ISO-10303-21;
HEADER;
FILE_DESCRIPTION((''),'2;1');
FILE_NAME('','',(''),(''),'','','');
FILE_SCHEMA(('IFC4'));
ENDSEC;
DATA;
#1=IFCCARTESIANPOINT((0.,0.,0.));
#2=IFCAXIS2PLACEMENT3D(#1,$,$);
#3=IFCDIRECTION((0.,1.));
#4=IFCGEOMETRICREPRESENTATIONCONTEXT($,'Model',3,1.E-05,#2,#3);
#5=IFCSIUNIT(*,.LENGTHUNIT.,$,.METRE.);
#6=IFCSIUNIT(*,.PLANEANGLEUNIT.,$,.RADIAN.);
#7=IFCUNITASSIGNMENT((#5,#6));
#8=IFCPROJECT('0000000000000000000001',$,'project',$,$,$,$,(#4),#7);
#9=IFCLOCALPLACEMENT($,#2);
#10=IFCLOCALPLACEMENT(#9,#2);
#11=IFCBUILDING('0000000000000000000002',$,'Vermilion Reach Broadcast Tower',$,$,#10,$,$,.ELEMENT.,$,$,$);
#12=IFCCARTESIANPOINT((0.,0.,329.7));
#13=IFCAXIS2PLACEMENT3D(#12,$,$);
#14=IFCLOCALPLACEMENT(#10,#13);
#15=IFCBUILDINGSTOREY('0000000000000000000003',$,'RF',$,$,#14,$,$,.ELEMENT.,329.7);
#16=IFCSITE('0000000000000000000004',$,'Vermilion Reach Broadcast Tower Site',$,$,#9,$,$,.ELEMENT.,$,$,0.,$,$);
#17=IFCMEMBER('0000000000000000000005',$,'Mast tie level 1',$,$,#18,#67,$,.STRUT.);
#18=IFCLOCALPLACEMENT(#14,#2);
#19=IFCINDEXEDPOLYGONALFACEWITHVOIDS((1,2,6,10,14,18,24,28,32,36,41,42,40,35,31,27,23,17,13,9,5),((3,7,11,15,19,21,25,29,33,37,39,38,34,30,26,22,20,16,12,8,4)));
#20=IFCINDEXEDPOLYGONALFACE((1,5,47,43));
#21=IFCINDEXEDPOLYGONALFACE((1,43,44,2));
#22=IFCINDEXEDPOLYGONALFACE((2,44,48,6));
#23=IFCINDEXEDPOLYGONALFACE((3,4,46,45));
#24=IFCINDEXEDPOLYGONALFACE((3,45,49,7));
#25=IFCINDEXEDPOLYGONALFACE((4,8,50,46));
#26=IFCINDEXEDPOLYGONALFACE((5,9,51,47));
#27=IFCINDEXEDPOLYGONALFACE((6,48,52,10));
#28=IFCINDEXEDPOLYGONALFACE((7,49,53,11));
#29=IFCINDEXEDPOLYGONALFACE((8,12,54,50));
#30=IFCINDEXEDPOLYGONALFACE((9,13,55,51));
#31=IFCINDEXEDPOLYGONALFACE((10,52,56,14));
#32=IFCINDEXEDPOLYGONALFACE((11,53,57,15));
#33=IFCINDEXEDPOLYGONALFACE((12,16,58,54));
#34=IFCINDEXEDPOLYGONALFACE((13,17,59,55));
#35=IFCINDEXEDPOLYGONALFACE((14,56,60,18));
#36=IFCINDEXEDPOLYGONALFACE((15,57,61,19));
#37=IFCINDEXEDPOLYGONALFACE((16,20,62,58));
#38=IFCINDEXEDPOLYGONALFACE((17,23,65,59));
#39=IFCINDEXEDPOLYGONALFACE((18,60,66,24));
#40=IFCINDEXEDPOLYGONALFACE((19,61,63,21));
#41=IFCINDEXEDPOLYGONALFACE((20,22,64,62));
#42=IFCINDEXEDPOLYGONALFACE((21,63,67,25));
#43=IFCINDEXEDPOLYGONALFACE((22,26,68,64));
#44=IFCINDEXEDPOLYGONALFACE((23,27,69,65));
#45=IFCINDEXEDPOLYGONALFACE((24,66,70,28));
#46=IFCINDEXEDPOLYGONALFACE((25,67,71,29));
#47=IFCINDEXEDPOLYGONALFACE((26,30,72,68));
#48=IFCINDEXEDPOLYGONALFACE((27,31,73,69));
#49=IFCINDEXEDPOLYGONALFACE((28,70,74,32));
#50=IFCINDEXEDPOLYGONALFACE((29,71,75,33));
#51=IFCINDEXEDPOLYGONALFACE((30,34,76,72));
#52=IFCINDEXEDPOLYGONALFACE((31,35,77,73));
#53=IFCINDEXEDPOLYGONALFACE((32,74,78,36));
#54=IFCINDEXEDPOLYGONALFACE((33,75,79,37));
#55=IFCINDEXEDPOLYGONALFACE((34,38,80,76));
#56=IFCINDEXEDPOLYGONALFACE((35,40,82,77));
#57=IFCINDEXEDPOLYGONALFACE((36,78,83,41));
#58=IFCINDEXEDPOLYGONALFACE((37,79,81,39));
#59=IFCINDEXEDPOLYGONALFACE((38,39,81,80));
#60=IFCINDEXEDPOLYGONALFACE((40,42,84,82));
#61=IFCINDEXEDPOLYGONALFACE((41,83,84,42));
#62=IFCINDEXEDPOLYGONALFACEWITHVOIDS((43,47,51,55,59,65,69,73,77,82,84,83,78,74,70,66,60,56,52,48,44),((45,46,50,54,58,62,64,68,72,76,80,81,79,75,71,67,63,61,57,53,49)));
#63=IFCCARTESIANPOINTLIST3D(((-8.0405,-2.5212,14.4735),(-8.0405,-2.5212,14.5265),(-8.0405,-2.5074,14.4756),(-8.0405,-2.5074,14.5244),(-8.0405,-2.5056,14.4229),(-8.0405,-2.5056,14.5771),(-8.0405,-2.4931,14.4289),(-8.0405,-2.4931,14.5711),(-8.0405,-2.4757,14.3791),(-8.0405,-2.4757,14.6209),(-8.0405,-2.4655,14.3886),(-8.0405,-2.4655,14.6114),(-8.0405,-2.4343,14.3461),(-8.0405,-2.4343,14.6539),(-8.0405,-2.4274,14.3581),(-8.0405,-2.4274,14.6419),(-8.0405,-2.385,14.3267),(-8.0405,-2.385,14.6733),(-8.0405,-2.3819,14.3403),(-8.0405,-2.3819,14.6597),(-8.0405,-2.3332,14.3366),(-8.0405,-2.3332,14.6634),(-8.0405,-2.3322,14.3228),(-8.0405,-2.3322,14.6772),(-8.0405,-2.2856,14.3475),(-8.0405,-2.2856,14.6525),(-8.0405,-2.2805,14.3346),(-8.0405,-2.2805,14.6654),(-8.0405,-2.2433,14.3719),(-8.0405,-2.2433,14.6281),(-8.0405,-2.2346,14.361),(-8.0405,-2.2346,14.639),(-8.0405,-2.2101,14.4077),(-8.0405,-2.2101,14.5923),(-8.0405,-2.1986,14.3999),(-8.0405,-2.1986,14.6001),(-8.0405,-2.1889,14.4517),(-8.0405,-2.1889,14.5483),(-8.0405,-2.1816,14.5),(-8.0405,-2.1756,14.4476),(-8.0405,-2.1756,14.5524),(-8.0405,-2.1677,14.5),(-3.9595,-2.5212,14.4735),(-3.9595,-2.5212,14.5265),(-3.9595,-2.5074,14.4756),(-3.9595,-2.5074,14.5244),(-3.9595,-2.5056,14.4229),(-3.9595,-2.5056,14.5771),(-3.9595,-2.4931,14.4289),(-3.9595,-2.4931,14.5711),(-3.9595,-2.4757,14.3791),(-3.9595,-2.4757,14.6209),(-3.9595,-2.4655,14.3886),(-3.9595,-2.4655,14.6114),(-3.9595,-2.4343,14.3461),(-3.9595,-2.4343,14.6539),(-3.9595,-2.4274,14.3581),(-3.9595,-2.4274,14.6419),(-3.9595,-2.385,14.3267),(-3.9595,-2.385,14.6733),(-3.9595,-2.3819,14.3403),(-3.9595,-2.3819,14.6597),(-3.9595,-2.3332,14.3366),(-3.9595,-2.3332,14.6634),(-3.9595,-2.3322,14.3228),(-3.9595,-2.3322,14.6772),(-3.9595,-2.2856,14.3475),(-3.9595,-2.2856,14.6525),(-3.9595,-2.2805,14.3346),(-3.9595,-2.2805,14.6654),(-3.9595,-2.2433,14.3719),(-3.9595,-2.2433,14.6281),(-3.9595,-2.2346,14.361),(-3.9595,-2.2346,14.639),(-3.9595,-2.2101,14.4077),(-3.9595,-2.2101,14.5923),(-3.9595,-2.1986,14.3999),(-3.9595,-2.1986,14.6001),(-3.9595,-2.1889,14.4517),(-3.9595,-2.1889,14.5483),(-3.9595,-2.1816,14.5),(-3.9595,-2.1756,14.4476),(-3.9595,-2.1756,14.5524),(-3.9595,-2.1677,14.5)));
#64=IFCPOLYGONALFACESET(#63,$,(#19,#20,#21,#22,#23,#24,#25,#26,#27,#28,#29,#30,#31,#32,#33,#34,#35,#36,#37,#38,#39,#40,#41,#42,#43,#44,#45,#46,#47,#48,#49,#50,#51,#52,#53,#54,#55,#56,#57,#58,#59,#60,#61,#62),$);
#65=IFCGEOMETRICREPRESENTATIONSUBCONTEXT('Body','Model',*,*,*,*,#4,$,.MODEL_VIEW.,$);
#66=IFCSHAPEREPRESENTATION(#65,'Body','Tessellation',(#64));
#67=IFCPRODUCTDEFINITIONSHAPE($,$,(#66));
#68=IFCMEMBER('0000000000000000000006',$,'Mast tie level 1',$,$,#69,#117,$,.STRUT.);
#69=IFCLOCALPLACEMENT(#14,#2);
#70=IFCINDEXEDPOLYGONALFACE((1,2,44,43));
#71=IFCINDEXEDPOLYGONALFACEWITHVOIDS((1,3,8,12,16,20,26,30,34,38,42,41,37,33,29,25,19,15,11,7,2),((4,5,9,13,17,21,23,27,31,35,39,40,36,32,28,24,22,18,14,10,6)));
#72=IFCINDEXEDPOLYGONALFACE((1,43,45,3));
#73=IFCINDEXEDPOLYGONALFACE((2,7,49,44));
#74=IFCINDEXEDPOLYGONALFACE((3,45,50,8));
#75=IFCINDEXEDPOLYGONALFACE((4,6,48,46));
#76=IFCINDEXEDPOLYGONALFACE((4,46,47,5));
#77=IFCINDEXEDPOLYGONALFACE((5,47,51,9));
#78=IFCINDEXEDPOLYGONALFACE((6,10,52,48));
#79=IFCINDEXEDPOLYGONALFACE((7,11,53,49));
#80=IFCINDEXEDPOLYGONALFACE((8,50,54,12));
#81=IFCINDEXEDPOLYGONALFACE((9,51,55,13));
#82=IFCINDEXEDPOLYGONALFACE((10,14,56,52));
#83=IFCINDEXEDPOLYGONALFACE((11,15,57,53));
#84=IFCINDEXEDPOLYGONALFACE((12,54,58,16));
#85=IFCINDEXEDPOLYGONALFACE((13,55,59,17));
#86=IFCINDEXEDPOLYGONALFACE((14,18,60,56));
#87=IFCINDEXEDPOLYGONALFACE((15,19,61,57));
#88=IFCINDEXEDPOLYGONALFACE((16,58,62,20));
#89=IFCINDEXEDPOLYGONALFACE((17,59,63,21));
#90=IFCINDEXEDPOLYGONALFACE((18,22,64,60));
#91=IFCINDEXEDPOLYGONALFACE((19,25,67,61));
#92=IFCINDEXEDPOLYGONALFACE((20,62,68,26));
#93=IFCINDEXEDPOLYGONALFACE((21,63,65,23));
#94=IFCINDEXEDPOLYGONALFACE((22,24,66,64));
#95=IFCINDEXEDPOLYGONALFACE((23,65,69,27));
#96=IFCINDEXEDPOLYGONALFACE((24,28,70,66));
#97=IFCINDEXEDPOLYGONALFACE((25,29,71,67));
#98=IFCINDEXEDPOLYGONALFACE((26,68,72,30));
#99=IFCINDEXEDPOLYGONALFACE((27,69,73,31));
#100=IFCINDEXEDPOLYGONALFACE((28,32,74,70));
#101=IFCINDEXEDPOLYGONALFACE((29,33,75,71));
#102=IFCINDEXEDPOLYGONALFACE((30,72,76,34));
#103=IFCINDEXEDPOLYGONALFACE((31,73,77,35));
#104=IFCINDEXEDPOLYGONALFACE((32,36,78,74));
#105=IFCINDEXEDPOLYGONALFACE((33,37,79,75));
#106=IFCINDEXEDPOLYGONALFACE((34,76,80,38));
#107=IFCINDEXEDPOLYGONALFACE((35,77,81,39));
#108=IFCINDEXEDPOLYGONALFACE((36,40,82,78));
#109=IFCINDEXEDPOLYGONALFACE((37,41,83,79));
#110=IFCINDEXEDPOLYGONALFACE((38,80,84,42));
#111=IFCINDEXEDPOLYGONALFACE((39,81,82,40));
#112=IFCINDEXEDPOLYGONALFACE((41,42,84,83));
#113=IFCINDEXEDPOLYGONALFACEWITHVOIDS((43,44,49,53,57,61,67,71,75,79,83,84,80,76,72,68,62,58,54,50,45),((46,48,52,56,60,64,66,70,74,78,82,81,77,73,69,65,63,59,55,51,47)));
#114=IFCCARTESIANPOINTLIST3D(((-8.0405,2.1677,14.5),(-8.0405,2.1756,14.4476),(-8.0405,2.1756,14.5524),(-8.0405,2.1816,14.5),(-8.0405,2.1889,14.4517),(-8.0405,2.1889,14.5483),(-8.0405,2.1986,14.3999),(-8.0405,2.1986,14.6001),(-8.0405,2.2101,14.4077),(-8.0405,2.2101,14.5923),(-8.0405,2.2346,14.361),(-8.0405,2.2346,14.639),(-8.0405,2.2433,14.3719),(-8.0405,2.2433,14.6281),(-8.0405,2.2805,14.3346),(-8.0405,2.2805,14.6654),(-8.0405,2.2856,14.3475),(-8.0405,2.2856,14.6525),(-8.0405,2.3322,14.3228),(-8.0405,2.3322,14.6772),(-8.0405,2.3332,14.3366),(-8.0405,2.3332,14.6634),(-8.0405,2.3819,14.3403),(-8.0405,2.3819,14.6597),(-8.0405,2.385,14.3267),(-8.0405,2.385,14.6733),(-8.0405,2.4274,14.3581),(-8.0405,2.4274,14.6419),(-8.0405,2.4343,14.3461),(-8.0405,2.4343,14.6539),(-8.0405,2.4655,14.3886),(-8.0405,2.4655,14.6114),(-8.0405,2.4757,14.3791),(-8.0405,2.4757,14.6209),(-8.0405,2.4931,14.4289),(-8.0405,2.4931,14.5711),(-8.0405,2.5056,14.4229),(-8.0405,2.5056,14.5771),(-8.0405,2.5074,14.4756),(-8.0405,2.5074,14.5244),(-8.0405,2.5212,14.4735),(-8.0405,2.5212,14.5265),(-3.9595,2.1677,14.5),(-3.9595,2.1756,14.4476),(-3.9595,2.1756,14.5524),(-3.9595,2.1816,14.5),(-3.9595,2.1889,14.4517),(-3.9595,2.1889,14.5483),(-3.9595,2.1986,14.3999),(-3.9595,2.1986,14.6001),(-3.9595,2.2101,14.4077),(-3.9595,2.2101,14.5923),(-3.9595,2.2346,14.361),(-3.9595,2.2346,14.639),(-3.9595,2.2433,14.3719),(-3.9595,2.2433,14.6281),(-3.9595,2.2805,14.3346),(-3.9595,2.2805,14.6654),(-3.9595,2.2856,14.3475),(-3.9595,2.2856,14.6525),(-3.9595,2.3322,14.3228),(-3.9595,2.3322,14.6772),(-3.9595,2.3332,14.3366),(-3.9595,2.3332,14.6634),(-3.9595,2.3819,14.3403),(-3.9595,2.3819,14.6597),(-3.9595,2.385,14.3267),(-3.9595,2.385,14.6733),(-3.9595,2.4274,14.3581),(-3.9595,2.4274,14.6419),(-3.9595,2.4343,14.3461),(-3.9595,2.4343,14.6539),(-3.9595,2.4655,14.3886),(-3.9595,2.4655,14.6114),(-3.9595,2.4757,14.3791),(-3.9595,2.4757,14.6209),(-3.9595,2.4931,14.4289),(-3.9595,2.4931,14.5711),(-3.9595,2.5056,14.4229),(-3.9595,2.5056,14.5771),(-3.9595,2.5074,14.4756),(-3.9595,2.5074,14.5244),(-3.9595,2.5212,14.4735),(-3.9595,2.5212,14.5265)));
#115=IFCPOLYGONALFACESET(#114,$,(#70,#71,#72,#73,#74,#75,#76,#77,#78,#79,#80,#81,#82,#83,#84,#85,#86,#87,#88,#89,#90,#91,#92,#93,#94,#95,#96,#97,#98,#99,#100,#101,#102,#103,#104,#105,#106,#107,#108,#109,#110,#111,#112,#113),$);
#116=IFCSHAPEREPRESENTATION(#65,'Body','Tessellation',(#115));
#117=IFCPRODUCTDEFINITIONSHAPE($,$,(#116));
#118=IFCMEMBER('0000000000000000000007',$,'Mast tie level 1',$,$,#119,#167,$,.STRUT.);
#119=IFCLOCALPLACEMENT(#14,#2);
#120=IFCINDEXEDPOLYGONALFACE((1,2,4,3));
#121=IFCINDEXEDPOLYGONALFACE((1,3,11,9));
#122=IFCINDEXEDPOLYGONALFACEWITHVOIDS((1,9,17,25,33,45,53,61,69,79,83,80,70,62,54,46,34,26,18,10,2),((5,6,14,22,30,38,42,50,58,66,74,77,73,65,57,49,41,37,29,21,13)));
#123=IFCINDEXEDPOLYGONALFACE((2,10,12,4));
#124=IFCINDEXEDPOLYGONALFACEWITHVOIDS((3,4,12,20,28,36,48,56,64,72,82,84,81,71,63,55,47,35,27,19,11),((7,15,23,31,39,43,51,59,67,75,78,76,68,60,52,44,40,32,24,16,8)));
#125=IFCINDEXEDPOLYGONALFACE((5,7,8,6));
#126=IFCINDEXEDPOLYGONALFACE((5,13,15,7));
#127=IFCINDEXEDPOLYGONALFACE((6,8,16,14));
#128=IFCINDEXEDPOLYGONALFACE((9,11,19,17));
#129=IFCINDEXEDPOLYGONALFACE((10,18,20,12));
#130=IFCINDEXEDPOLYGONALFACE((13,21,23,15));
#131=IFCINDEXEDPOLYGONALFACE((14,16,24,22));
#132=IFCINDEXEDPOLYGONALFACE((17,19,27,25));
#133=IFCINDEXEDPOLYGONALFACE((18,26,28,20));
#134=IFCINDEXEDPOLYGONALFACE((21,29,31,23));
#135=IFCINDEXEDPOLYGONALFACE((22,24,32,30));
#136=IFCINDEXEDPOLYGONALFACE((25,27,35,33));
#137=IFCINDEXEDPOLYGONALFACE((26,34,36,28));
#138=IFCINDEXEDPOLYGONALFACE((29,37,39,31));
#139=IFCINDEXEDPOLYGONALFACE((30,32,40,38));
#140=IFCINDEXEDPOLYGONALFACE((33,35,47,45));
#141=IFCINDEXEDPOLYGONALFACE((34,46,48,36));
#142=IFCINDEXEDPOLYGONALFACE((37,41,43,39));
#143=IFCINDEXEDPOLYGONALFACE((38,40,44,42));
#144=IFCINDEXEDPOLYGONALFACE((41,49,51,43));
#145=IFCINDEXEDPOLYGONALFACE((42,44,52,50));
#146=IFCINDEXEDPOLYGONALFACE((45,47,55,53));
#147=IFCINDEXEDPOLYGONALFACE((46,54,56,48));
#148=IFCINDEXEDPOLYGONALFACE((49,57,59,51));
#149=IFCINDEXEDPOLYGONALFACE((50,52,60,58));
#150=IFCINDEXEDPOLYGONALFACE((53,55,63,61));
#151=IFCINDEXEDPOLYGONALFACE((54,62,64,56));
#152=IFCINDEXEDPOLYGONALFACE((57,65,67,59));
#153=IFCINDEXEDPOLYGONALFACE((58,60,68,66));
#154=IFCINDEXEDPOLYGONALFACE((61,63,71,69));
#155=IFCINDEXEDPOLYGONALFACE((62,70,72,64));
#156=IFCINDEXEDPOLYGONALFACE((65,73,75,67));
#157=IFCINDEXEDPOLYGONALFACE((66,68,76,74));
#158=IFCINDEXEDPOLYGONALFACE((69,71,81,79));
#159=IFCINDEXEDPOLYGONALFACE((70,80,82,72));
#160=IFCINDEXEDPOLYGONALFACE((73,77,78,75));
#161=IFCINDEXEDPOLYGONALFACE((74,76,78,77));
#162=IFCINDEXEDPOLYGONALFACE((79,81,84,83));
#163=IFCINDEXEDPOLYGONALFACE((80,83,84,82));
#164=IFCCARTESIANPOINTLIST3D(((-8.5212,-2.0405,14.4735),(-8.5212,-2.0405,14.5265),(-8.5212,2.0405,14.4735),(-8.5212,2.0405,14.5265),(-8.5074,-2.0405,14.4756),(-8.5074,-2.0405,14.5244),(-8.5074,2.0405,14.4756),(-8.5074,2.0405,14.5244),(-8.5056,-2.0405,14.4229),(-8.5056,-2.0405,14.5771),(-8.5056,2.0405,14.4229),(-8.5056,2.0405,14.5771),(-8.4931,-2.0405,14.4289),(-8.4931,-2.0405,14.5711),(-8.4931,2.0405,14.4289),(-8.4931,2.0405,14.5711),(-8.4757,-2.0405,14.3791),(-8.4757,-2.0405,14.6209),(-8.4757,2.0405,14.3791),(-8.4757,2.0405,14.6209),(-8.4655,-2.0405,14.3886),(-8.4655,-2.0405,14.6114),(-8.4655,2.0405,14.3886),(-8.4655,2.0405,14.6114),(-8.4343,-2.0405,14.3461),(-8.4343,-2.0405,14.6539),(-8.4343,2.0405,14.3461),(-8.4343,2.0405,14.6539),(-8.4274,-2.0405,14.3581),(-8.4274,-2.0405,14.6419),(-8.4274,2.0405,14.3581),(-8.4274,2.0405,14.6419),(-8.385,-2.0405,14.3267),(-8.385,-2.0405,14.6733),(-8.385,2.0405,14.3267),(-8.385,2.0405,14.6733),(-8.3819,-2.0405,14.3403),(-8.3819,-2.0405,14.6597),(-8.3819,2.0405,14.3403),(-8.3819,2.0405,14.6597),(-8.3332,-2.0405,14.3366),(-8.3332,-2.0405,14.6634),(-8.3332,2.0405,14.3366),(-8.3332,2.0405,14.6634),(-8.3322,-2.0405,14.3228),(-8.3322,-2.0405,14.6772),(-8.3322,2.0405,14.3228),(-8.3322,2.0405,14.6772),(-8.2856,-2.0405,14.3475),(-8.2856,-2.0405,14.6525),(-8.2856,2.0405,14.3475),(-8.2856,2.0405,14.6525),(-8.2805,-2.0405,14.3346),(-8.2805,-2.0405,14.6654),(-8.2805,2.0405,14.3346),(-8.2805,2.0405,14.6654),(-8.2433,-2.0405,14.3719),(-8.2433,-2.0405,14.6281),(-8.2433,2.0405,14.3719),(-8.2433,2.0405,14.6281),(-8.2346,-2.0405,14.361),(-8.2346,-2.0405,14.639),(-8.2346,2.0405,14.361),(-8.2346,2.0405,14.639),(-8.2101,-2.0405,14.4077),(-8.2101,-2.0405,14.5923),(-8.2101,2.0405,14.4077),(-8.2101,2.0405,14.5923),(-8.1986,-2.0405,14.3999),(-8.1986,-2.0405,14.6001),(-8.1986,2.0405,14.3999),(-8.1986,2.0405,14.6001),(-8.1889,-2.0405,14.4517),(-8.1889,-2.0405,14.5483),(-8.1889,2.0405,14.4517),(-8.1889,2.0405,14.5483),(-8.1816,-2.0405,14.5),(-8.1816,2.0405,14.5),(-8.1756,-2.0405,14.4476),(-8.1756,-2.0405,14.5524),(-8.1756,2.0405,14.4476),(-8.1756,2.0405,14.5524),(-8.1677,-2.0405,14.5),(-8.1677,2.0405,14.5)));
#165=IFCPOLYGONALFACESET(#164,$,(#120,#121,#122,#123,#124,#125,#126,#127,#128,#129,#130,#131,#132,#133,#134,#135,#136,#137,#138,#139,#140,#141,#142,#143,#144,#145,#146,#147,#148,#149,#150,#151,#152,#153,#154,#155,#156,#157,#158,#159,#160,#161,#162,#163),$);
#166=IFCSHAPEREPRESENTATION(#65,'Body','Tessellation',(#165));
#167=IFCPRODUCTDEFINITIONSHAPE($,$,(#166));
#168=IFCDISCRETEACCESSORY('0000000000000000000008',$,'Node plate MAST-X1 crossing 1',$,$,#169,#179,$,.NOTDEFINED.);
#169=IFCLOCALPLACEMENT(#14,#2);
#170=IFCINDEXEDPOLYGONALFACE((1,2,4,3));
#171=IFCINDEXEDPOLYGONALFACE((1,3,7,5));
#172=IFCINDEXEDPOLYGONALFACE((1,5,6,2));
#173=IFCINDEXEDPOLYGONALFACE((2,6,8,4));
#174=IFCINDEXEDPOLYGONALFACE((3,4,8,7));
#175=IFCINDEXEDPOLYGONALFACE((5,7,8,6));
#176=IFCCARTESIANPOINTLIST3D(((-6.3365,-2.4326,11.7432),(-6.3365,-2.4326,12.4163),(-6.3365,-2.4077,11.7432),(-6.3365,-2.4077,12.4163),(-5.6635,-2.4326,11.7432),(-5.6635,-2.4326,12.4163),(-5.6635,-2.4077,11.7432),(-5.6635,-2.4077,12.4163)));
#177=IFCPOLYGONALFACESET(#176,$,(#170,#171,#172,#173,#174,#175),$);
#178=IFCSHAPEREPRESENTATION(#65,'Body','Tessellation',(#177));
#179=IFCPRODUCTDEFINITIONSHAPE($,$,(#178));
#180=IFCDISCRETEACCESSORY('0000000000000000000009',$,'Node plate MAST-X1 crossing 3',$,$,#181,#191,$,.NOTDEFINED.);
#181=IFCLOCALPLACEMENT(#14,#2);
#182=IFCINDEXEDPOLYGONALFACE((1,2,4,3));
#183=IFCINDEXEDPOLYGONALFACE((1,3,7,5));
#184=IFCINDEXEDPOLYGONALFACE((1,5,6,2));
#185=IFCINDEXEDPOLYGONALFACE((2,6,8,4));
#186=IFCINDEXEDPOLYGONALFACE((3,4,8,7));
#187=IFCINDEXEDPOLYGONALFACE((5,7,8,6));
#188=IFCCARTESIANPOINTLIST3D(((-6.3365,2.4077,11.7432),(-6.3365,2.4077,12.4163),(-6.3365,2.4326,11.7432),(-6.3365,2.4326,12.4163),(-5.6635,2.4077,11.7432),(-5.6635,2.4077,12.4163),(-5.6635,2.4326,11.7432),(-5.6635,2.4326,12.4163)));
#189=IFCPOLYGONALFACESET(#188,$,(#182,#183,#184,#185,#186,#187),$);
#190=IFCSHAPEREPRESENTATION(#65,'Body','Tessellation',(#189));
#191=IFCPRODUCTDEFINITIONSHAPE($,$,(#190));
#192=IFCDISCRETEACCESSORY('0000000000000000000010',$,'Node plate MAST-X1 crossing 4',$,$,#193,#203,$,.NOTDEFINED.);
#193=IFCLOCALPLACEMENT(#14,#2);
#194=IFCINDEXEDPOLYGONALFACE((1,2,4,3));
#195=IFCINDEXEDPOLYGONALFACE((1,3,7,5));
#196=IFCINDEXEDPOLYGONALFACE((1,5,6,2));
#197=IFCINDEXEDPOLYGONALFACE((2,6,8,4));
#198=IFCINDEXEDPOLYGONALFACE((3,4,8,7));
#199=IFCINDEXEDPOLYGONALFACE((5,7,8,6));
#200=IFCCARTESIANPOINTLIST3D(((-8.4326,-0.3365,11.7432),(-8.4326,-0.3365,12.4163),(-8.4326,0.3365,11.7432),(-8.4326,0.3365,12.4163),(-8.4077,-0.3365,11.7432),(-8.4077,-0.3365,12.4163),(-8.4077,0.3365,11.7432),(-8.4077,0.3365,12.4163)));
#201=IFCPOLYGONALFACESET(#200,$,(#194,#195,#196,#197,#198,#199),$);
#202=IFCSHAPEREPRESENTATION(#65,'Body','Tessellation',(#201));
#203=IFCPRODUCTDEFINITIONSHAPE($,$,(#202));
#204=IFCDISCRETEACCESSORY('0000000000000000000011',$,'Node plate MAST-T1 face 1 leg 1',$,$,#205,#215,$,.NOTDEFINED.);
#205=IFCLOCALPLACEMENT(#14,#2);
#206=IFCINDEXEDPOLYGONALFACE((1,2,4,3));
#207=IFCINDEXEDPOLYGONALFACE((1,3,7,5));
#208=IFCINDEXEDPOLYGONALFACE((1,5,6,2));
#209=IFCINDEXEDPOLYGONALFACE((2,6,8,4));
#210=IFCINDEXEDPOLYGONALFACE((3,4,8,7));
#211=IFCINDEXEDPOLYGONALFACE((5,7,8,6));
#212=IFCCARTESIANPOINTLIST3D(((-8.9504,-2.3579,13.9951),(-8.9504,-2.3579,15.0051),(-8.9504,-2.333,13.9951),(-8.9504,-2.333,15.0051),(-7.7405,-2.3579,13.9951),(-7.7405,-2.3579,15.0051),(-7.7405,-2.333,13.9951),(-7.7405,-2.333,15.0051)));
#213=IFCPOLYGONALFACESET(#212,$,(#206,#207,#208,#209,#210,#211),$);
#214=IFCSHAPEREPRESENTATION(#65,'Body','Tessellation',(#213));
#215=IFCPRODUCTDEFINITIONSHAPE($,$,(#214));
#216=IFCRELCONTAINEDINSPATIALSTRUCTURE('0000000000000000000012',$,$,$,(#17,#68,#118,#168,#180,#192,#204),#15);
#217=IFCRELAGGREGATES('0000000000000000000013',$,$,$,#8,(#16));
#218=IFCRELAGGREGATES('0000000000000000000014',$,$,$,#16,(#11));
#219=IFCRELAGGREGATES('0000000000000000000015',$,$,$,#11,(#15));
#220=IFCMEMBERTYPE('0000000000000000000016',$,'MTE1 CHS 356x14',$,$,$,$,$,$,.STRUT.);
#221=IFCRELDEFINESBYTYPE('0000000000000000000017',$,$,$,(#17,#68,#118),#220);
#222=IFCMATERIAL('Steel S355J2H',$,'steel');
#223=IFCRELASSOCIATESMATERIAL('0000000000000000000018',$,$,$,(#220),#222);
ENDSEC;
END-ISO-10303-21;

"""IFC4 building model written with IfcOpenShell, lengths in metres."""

from ifc_helpers import new_model, si_unit, direction, frame, origin, origin_2d, place, context, subcontext, project, spatial, rectangle, hollow_circle, extrude, material, material_profile, profile_set, type_object, element, save


model = new_model("IFC4")

# Units and contexts
model_context = context("Model", 3, precision=1e-05, world=origin(), true_north=direction((0.0, 1.0)))
body_context = subcontext(model_context, "Body", "Model", "MODEL_VIEW")
ifc_project = project(units=[si_unit("LENGTHUNIT", "METRE"), si_unit("PLANEANGLEUNIT", "RADIAN")], contexts=[model_context])

# Site, building, storey
site_placement = place(None, origin())
site = spatial("IfcSite", under=ifc_project, at=site_placement, Name="Vermilion Reach Broadcast Tower Site", CompositionType="ELEMENT", RefElevation=0.0)
building_placement = place(site_placement, origin())
building = spatial("IfcBuilding", under=site, at=building_placement, Name="Vermilion Reach Broadcast Tower", CompositionType="ELEMENT")
storey_placement = place(building_placement, frame((0.0, 0.0, 329.7)))
storey = spatial("IfcBuildingStorey", under=building, at=storey_placement, Name="RF", CompositionType="ELEMENT", Elevation=329.7)

# Members
ifc_material_1 = material(Name="Steel S355J2H", Category="steel")
ifc_material_profile_1 = material_profile(ifc_material_1, hollow_circle(Radius=0.1777, WallThickness=0.0139, at=origin_2d()), Name="S355J2H CHS 356x14")
ifc_profile_set_1 = profile_set([ifc_material_profile_1], Name="Steel S355J2H")
member_type_1 = type_object("IfcMemberType", Name="MTE1 CHS 356x14", PredefinedType="STRUT", material=ifc_profile_set_1)
for number, where, z_axis, x_axis, name in (
    (1, (-8.0405, -2.3455, 14.5), (1.0, 0.0, 0.0), (0.0, 1.0, 0.0), "Mast tie level 1"),
    (2, (-3.9595, 2.3455, 14.5), (-1.0, 0.0, 0.0), (0.0, -1.0, 0.0), "Mast tie level 1"),
    (3, (-8.3455, 2.0405, 14.5), (0.0, -1.0, 0.0), (1.0, 0.0, 0.0), "Mast tie level 1"),
):
    element("IfcMember", number, at=place(storey_placement, frame(where, z_axis=z_axis, x_axis=x_axis)), inside=storey, type_object=member_type_1, Name=name, PredefinedType="STRUT", context=body_context, shape_type="SweptSolid", body=[
        extrude(hollow_circle(Radius=0.1777, WallThickness=0.0139, at=origin_2d()), origin(), (0.0, 0.0, 1.0), 4.0811),
    ])

# Discrete accessories
for number, where, z_axis, x_axis, name in (
    (4, (-6.0, -2.4202, 11.7432), (0.0, 0.0, 1.0), (0.0, 1.0, 0.0), "Node plate MAST-X1 crossing 1"),
    (5, (-6.0, 2.4202, 11.7432), (0.0, 0.0, 1.0), (0.0, -1.0, 0.0), "Node plate MAST-X1 crossing 3"),
    (6, (-8.4202, 0.0, 11.7432), (0.0, 0.0, 1.0), (1.0, 0.0, 0.0), "Node plate MAST-X1 crossing 4"),
):
    element("IfcDiscreteAccessory", number, at=place(storey_placement, frame(where, z_axis=z_axis, x_axis=x_axis)), inside=storey, Name=name, PredefinedType="NOTDEFINED", context=body_context, shape_type="SweptSolid", body=[
        extrude(rectangle(XDim=0.0249, YDim=0.6731, at=origin_2d()), origin(), (0.0, 0.0, 1.0), 0.6731),
    ])
for number, where, z_axis, x_axis, name in (
    (7, (-8.3455, -2.3455, 13.9951), (0.0, 0.0, 1.0), (0.0, 1.0, 0.0), "Node plate MAST-T1 face 1 leg 1"),
):
    element("IfcDiscreteAccessory", number, at=place(storey_placement, frame(where, z_axis=z_axis, x_axis=x_axis)), inside=storey, Name=name, PredefinedType="NOTDEFINED", context=body_context, shape_type="SweptSolid", body=[
        extrude(rectangle(XDim=0.0249, YDim=1.21, at=origin_2d()), origin(), (0.0, 0.0, 1.0), 1.01),
    ])

save(model, "model.ifc")
